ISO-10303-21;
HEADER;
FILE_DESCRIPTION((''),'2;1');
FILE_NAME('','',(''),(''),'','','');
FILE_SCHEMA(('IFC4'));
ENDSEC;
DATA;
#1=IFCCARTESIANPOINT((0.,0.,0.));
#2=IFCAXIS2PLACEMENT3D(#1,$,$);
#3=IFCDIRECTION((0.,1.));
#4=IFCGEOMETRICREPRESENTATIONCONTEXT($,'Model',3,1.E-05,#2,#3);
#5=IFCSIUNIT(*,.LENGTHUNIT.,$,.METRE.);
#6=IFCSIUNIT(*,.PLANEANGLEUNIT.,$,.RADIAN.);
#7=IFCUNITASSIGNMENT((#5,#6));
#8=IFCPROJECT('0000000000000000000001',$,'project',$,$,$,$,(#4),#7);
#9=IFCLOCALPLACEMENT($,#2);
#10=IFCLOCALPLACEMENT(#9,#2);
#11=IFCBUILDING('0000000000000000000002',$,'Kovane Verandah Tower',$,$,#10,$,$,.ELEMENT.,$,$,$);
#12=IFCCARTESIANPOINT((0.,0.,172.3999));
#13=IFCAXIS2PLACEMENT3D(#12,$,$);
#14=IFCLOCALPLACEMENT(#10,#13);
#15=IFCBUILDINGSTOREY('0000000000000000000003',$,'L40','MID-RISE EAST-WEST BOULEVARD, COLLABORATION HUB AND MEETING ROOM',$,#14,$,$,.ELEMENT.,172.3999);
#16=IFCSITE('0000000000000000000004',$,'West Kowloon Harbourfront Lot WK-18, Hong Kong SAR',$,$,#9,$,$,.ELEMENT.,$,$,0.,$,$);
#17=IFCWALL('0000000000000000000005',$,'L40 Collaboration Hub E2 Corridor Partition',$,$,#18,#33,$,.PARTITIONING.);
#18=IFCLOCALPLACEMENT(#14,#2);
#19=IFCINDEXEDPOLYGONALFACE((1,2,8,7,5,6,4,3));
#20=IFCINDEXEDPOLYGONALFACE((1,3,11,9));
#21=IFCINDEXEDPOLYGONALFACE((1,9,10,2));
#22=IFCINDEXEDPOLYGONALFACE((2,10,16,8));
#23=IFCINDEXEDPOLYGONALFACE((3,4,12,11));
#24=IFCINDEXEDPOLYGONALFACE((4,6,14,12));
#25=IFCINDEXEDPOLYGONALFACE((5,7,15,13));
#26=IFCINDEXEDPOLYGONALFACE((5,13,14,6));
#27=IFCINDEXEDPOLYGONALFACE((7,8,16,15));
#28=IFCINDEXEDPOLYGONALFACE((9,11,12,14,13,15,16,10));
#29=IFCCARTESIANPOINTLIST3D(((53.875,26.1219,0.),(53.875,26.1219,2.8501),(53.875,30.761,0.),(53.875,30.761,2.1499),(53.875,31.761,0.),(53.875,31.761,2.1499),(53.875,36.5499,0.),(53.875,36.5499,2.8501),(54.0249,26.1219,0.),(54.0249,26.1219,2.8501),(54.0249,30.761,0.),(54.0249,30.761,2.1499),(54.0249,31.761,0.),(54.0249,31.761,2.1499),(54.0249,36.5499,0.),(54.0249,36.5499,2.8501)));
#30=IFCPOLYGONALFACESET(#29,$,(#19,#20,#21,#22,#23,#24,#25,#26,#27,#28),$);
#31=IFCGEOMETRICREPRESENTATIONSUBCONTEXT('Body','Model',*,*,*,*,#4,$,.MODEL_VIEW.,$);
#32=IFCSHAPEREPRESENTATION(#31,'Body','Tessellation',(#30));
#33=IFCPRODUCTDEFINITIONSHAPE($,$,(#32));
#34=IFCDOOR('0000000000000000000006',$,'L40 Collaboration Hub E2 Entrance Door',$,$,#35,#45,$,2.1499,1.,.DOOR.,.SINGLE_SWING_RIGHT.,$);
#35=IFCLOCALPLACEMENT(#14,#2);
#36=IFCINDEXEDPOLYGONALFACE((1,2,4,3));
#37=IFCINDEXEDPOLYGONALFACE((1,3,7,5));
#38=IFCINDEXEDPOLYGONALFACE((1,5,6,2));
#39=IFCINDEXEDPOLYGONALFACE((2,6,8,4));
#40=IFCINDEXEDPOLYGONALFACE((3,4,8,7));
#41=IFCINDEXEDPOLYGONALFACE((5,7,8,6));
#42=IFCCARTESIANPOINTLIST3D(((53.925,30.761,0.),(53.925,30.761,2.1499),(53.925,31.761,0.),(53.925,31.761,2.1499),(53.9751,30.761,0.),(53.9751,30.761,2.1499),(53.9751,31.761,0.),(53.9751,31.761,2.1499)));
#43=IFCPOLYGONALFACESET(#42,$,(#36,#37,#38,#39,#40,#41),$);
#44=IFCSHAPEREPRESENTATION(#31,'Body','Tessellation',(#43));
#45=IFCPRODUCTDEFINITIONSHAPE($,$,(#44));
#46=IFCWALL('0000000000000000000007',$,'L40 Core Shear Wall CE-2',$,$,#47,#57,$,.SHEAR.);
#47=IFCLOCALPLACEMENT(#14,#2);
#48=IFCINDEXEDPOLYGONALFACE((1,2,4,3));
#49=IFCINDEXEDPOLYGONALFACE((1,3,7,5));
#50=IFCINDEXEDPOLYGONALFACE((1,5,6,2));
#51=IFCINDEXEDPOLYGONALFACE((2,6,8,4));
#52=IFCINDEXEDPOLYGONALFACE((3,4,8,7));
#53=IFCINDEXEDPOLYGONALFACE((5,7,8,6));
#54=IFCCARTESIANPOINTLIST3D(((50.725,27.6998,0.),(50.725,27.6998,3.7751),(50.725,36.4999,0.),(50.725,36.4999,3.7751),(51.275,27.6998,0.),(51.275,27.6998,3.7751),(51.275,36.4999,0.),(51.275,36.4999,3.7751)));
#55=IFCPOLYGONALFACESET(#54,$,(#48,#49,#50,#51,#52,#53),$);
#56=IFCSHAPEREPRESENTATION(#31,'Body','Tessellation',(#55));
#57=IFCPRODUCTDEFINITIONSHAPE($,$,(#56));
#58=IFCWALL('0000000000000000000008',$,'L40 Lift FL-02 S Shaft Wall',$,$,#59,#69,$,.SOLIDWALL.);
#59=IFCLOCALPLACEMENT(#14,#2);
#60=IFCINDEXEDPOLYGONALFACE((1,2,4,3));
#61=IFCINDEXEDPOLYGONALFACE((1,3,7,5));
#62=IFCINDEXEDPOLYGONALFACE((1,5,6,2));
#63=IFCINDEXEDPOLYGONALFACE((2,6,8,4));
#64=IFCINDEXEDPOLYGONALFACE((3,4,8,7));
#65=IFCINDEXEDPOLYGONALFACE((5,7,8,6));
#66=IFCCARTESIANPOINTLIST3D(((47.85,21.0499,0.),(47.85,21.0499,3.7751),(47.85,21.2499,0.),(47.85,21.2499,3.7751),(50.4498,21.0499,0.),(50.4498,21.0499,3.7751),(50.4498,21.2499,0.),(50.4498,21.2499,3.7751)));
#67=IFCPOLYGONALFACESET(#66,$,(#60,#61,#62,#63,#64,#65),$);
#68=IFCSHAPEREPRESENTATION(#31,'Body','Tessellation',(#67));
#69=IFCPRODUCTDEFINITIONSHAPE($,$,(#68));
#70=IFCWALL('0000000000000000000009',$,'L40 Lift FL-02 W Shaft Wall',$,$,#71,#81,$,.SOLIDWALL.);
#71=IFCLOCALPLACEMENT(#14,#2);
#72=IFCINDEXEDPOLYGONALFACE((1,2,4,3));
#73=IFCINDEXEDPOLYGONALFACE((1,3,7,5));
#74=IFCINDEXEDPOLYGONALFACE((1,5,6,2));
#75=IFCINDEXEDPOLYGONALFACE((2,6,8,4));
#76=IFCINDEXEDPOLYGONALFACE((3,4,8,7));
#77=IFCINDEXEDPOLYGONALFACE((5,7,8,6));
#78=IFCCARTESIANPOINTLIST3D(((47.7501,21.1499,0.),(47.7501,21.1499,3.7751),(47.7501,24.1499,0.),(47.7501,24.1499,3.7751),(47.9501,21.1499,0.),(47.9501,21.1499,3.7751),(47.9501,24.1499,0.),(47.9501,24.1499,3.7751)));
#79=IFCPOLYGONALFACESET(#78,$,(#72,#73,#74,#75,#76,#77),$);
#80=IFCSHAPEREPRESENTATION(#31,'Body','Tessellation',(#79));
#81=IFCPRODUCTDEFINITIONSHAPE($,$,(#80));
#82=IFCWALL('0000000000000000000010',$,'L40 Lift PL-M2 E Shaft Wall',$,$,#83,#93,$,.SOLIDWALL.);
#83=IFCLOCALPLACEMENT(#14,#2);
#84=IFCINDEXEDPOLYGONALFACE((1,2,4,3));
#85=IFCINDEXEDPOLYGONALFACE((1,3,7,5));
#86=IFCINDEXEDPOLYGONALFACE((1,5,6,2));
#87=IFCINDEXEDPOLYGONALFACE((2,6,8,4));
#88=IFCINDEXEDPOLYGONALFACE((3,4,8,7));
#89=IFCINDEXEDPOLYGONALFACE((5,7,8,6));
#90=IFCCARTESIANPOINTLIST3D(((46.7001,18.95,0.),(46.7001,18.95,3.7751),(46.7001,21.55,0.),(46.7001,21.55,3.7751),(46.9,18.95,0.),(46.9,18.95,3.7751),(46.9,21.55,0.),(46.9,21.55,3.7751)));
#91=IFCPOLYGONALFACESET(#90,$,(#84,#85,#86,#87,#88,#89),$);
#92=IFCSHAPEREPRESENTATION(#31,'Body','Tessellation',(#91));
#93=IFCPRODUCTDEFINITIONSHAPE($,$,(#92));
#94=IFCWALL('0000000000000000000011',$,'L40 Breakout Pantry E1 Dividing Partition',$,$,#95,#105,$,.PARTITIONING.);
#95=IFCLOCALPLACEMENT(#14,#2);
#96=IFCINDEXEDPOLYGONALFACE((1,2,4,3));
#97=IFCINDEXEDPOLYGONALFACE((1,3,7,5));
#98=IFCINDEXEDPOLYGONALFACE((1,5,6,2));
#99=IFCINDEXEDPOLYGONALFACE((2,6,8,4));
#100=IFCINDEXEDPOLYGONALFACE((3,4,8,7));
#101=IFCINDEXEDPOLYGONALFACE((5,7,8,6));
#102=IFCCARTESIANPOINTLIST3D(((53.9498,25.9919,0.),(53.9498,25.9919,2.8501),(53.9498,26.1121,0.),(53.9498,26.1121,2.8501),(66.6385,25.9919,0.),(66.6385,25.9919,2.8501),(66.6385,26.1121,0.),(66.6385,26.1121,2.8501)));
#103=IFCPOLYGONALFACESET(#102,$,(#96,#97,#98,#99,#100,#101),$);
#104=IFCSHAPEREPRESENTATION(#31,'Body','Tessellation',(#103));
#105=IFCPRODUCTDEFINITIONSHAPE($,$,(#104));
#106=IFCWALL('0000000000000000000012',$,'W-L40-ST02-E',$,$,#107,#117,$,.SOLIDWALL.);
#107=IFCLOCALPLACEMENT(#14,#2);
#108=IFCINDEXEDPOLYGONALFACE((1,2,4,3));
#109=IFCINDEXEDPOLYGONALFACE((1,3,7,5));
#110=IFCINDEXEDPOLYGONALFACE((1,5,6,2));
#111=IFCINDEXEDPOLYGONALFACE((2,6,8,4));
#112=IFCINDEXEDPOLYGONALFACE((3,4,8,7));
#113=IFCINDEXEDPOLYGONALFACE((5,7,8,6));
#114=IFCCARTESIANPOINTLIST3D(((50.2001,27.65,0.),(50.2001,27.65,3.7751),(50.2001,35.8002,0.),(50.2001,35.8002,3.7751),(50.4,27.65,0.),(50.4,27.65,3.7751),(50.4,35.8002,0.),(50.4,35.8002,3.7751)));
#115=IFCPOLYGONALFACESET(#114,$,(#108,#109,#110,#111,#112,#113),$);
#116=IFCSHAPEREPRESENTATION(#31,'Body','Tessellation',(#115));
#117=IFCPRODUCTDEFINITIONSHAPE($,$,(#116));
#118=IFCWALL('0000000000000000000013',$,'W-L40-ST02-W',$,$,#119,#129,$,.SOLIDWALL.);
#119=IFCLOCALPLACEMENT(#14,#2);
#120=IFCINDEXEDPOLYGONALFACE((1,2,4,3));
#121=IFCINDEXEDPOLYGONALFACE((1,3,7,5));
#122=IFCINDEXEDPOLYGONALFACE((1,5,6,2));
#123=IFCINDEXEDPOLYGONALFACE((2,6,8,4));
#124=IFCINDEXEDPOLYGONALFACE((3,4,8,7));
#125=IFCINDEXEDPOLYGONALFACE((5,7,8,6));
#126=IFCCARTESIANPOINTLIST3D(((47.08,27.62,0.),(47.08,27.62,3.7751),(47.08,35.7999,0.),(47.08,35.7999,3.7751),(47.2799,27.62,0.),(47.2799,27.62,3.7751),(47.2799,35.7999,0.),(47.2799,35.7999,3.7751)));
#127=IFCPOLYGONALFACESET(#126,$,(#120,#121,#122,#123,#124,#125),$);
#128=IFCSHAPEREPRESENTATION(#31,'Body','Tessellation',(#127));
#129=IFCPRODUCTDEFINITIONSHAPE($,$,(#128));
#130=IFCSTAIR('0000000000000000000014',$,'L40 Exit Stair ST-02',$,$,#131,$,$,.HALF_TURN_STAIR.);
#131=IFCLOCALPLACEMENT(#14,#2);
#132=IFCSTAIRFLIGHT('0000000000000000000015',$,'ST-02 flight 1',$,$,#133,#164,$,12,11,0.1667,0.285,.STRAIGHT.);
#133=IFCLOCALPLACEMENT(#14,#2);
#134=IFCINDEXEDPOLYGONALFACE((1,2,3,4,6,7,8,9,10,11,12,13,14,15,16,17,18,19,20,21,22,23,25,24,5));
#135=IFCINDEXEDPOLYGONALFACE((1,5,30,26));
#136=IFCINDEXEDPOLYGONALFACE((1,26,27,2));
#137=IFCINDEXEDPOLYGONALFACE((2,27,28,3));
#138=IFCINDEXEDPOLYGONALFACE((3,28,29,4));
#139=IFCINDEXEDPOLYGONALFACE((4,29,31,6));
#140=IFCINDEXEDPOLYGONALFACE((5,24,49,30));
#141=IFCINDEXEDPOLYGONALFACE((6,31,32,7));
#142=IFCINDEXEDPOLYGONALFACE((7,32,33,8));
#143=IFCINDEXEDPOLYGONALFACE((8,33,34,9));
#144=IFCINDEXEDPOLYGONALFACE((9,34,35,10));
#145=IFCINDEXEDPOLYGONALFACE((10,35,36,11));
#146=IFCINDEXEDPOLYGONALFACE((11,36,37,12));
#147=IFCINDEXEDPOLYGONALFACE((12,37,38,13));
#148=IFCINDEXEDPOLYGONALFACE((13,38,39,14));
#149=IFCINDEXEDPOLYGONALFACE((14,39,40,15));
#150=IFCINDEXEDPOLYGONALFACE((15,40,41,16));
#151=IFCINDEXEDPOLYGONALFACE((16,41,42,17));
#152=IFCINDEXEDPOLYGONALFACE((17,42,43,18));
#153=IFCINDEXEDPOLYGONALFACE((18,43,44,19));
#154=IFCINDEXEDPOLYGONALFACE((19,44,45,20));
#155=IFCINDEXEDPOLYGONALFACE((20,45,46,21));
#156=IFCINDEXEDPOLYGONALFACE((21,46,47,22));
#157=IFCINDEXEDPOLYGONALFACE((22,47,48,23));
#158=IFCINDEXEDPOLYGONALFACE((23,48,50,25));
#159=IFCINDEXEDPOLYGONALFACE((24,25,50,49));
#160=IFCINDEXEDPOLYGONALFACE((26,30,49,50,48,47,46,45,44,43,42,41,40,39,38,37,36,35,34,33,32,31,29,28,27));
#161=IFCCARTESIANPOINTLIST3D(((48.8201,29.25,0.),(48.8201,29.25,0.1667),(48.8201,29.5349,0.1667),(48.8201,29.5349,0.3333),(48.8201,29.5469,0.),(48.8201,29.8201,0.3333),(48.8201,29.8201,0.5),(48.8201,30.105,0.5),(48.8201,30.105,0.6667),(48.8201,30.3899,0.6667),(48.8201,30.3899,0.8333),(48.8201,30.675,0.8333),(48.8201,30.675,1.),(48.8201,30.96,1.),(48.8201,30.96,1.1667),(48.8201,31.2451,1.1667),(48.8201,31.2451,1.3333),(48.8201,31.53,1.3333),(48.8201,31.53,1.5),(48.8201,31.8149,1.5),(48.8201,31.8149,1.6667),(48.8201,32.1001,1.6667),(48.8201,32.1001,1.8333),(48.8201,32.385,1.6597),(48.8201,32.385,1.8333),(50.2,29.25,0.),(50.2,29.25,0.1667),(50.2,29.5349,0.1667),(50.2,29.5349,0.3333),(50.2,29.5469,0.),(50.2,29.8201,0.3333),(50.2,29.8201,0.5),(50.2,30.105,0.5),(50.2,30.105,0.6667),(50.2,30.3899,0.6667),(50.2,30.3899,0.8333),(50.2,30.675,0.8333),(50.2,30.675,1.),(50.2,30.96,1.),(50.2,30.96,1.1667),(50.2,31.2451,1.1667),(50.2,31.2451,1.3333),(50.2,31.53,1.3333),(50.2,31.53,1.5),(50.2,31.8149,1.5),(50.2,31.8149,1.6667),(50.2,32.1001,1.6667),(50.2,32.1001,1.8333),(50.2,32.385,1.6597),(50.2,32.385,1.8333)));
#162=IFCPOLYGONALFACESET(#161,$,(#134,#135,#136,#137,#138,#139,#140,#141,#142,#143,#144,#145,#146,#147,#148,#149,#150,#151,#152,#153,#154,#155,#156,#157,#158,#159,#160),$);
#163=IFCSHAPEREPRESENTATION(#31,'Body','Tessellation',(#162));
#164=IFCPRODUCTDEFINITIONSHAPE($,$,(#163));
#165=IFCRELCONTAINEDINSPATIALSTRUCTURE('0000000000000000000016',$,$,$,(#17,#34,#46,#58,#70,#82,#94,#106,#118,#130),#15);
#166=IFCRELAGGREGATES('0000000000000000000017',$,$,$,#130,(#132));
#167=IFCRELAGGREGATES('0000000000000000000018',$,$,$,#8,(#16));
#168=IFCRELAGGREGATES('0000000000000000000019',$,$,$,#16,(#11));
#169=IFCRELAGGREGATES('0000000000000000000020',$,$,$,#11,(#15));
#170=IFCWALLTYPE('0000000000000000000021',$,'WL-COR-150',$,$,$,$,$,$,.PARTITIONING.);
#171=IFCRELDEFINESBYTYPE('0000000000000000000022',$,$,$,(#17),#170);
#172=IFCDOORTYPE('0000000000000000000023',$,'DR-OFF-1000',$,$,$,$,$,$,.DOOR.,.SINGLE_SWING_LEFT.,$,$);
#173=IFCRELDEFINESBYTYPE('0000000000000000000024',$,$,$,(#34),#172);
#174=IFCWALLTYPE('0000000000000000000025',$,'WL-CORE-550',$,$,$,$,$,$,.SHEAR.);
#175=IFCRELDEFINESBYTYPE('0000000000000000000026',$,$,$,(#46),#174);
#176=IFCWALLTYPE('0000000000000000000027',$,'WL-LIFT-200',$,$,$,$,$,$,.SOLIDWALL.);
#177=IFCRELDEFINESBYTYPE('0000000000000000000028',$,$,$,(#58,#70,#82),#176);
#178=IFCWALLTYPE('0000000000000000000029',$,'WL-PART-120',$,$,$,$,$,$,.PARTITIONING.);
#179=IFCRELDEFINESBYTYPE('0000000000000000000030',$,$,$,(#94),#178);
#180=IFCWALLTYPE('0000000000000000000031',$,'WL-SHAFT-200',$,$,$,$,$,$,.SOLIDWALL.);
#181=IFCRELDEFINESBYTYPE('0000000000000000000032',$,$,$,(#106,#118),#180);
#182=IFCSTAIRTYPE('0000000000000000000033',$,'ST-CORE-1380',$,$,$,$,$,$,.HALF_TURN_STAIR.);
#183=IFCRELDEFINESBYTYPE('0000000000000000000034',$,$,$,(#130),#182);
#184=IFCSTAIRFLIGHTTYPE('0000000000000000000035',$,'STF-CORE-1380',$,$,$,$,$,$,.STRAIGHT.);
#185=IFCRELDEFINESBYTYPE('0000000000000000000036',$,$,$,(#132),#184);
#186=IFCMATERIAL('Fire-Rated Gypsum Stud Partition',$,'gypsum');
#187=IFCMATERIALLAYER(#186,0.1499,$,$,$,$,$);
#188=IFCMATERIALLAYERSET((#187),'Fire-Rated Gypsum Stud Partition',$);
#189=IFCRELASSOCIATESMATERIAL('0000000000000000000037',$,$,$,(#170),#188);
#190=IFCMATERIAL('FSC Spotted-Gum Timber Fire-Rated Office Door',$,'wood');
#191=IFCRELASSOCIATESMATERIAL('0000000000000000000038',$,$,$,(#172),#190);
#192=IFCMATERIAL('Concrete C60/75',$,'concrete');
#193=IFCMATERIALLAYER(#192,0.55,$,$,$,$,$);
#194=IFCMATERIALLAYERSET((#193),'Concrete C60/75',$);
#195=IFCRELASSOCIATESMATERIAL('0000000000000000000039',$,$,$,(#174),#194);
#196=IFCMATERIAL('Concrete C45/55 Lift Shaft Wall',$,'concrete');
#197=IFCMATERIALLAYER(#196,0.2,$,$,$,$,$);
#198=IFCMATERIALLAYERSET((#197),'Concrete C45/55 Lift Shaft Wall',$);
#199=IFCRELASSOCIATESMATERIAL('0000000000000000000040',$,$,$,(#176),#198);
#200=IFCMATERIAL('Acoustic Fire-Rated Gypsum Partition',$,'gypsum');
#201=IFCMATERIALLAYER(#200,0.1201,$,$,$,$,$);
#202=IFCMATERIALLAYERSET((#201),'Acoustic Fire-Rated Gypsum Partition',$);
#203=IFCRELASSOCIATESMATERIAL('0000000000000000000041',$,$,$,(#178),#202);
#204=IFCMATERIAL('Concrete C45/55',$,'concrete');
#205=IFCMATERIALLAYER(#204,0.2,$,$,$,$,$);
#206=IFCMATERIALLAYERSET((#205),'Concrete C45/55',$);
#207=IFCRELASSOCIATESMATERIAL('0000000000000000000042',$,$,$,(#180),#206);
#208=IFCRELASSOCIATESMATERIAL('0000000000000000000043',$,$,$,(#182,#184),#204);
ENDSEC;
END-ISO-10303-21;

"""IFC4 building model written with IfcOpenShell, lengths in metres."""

from ifc_helpers import new_model, si_unit, direction, frame, frame_2d, origin, place, context, subcontext, project, spatial, polyline, rectangle, outline, extrude, material, layer, layer_set, type_object, element, fill, aggregate, save


model = new_model("IFC4")

# Units and contexts
model_context = context("Model", 3, precision=1e-05, world=origin(), true_north=direction((0.0, 1.0)))
body_context = subcontext(model_context, "Body", "Model", "MODEL_VIEW")
ifc_project = project(units=[si_unit("LENGTHUNIT", "METRE"), si_unit("PLANEANGLEUNIT", "RADIAN")], contexts=[model_context])

# Site, building, storey
site_placement = place(None, origin())
site = spatial("IfcSite", under=ifc_project, at=site_placement, Name="West Kowloon Harbourfront Lot WK-18, Hong Kong SAR", CompositionType="ELEMENT", RefElevation=0.0)
building_placement = place(site_placement, origin())
building = spatial("IfcBuilding", under=site, at=building_placement, Name="Kovane Verandah Tower", CompositionType="ELEMENT")
storey_placement = place(building_placement, frame((0.0, 0.0, 172.3999)))
storey = spatial("IfcBuildingStorey", under=building, at=storey_placement, Name="L40", Description="MID-RISE EAST-WEST BOULEVARD, COLLABORATION HUB AND MEETING ROOM", CompositionType="ELEMENT", Elevation=172.3999)

# Shared definitions
ifc_material_1 = material(Name="Concrete C60/75", Category="concrete")

# Wall, opening, door
ifc_material_2 = material(Name="Fire-Rated Gypsum Stud Partition", Category="gypsum")
ifc_layer_1 = layer(ifc_material_2, 0.1499)
ifc_layer_set_1 = layer_set([ifc_layer_1], Name="Fire-Rated Gypsum Stud Partition")
wall_type_1 = type_object("IfcWallType", Name="WL-COR-150", PredefinedType="PARTITIONING", material=ifc_layer_set_1)
wall_1_placement = place(storey_placement, frame((53.95, 26.1221, 0.0), z_axis=(0.0, 0.0, 1.0), x_axis=(0.0, 1.0, 0.0)))
wall_1 = element("IfcWall", 1, at=wall_1_placement, inside=storey, type_object=wall_type_1, Name="L40 Collaboration Hub E2 Corridor Partition", PredefinedType="PARTITIONING", context=body_context, shape_type="SweptSolid", body=[
    extrude(rectangle(XDim=10.428, YDim=0.1499, at=frame_2d((5.2139, 0.0))), origin(), (0.0, 0.0, 1.0), 2.8501),
])
opening_1_placement = place(wall_1_placement, frame((4.6389, 0.0, 0.0)))
opening_1 = element("IfcOpeningElement", 2, at=opening_1_placement, cuts=wall_1, PredefinedType="OPENING", context=body_context, shape_type="SweptSolid", body=[
    extrude(rectangle(XDim=1.0, YDim=2.1499, at=frame_2d((0.5, 1.075))), frame((0.0, 0.075, 0.0), z_axis=(0.0, -1.0, 0.0), x_axis=(1.0, 0.0, 0.0)), (0.0, 0.0, 1.0), 0.1499),
])
ifc_material_3 = material(Name="FSC Spotted-Gum Timber Fire-Rated Office Door", Category="wood")
door_type_1 = type_object("IfcDoorType", Name="DR-OFF-1000", OperationType="SINGLE_SWING_LEFT", PredefinedType="DOOR", material=ifc_material_3)
door_1_placement = place(opening_1_placement, origin())
door_1 = element("IfcDoor", 3, at=door_1_placement, inside=storey, type_object=door_type_1, Name="L40 Collaboration Hub E2 Entrance Door", OperationType="SINGLE_SWING_RIGHT", OverallHeight=2.1499, OverallWidth=1.0, PredefinedType="DOOR", context=body_context, shape_type="SweptSolid", body=[
    extrude(rectangle(XDim=1.0, YDim=2.1499, at=frame_2d((0.5, 1.075))), frame((0.0, 0.0249, 0.0), z_axis=(0.0, -1.0, 0.0), x_axis=(1.0, 0.0, 0.0)), (0.0, 0.0, 1.0), 0.05),
])
fill(opening_1, door_1)

# Wall
ifc_layer_2 = layer(ifc_material_1, 0.55)
ifc_layer_set_2 = layer_set([ifc_layer_2], Name="Concrete C60/75")
wall_type_2 = type_object("IfcWallType", Name="WL-CORE-550", PredefinedType="SHEAR", material=ifc_layer_set_2)
wall_2_placement = place(storey_placement, frame((51.0, 27.7, 0.0), z_axis=(0.0, 0.0, 1.0), x_axis=(0.0, 1.0, 0.0)))
element("IfcWall", 4, at=wall_2_placement, inside=storey, type_object=wall_type_2, Name="L40 Core Shear Wall CE-2", PredefinedType="SHEAR", context=body_context, shape_type="SweptSolid", body=[
    extrude(rectangle(XDim=8.8, YDim=0.55, at=frame_2d((4.3999, 0.0))), origin(), (0.0, 0.0, 1.0), 3.7751),
])

# Wall
ifc_material_4 = material(Name="Concrete C45/55 Lift Shaft Wall", Category="concrete")
ifc_layer_3 = layer(ifc_material_4, 0.2)
ifc_layer_set_3 = layer_set([ifc_layer_3], Name="Concrete C45/55 Lift Shaft Wall")
wall_type_3 = type_object("IfcWallType", Name="WL-LIFT-200", PredefinedType="SOLIDWALL", material=ifc_layer_set_3)
wall_3_placement = place(storey_placement, frame((47.8501, 21.1499, 0.0), z_axis=(0.0, 0.0, 1.0), x_axis=(1.0, 0.0, 0.0)))
element("IfcWall", 5, at=wall_3_placement, inside=storey, type_object=wall_type_3, Name="L40 Lift FL-02 S Shaft Wall", PredefinedType="SOLIDWALL", context=body_context, shape_type="SweptSolid", body=[
    extrude(rectangle(XDim=2.5999, YDim=0.2, at=frame_2d((1.2998, 0.0))), origin(), (0.0, 0.0, 1.0), 3.7751),
])

# Wall
wall_4_placement = place(storey_placement, frame((47.8501, 24.1499, 0.0), z_axis=(0.0, 0.0, 1.0), x_axis=(0.0, -1.0, 0.0)))
element("IfcWall", 6, at=wall_4_placement, inside=storey, type_object=wall_type_3, Name="L40 Lift FL-02 W Shaft Wall", PredefinedType="SOLIDWALL", context=body_context, shape_type="SweptSolid", body=[
    extrude(rectangle(XDim=3.0, YDim=0.2, at=frame_2d((1.5, 0.0))), origin(), (0.0, 0.0, 1.0), 3.7751),
])

# Walls
wall_5_placement = place(storey_placement, frame((46.8, 18.95, 0.0), z_axis=(0.0, 0.0, 1.0), x_axis=(0.0, 1.0, 0.0)))
element("IfcWall", 7, at=wall_5_placement, inside=storey, type_object=wall_type_3, Name="L40 Lift PL-M2 E Shaft Wall", PredefinedType="SOLIDWALL", context=body_context, shape_type="SweptSolid", body=[
    extrude(rectangle(XDim=2.6001, YDim=0.2, at=frame_2d((1.3, 0.0))), origin(), (0.0, 0.0, 1.0), 3.7751),
])
ifc_material_5 = material(Name="Acoustic Fire-Rated Gypsum Partition", Category="gypsum")
ifc_layer_4 = layer(ifc_material_5, 0.1201)
ifc_layer_set_4 = layer_set([ifc_layer_4], Name="Acoustic Fire-Rated Gypsum Partition")
wall_type_4 = type_object("IfcWallType", Name="WL-PART-120", PredefinedType="PARTITIONING", material=ifc_layer_set_4)
wall_6_placement = place(storey_placement, frame((53.95, 26.052, 0.0), z_axis=(0.0, 0.0, 1.0), x_axis=(1.0, 0.0, 0.0)))
element("IfcWall", 8, at=wall_6_placement, inside=storey, type_object=wall_type_4, Name="L40 Breakout Pantry E1 Dividing Partition", PredefinedType="PARTITIONING", context=body_context, shape_type="SweptSolid", body=[
    extrude(rectangle(XDim=12.6887, YDim=0.1201, at=frame_2d((6.3442, 0.0))), origin(), (0.0, 0.0, 1.0), 2.8501),
])
ifc_material_6 = material(Name="Concrete C45/55", Category="concrete")
ifc_layer_5 = layer(ifc_material_6, 0.2)
ifc_layer_set_5 = layer_set([ifc_layer_5], Name="Concrete C45/55")
wall_type_5 = type_object("IfcWallType", Name="WL-SHAFT-200", PredefinedType="SOLIDWALL", material=ifc_layer_set_5)
wall_7_placement = place(storey_placement, frame((50.3, 27.6499, 0.0), z_axis=(0.0, 0.0, 1.0), x_axis=(0.0, 1.0, 0.0)))
element("IfcWall", 9, at=wall_7_placement, inside=storey, type_object=wall_type_5, Name="W-L40-ST02-E", PredefinedType="SOLIDWALL", context=body_context, shape_type="SweptSolid", body=[
    extrude(rectangle(XDim=8.1501, YDim=0.2, at=frame_2d((4.0752, 0.0))), origin(), (0.0, 0.0, 1.0), 3.7751),
])
wall_8_placement = place(storey_placement, frame((47.1799, 27.6201, 0.0), z_axis=(0.0, 0.0, 1.0), x_axis=(0.0, 1.0, 0.0)))
element("IfcWall", 10, at=wall_8_placement, inside=storey, type_object=wall_type_5, Name="W-L40-ST02-W", PredefinedType="SOLIDWALL", context=body_context, shape_type="SweptSolid", body=[
    extrude(rectangle(XDim=8.1799, YDim=0.2, at=frame_2d((4.0898, 0.0))), origin(), (0.0, 0.0, 1.0), 3.7751),
])

# Stair, stair flight
stair_type = type_object("IfcStairType", Name="ST-CORE-1380", PredefinedType="HALF_TURN_STAIR", material=ifc_material_6)
stair_placement = place(storey_placement, origin())
stair = element("IfcStair", 11, at=stair_placement, inside=storey, type_object=stair_type, Name="L40 Exit Stair ST-02", PredefinedType="HALF_TURN_STAIR")
stair_flight_type = type_object("IfcStairFlightType", Name="STF-CORE-1380", PredefinedType="STRAIGHT", material=ifc_material_6)
stair_flight_placement = place(storey_placement, frame((49.51, 29.25, 0.0), z_axis=(0.0, 0.0, 1.0), x_axis=(0.0, 1.0, 0.0)))
stair_flight = element("IfcStairFlight", 12, at=stair_flight_placement, type_object=stair_flight_type, Name="ST-02 flight 1", NumberOfRisers=12, NumberOfTreads=11, PredefinedType="STRAIGHT", RiserHeight=0.1667, TreadLength=0.285, context=body_context, shape_type="SweptSolid", body=[
    extrude(outline(polyline([(0.0, 0.0), (0.0, 0.1667), (0.2849, 0.1667), (0.2849, 0.3333), (0.5701, 0.3333), (0.5701, 0.5), (0.855, 0.5), (0.855, 0.6667), (1.1399, 0.6667), (1.1399, 0.8333), (1.425, 0.8333), (1.425, 1.0), (1.71, 1.0), (1.71, 1.1667), (1.9951, 1.1667), (1.9951, 1.3333), (2.28, 1.3333), (2.28, 1.5), (2.5649, 1.5), (2.5649, 1.6667), (2.8501, 1.6667), (2.8501, 1.8333), (3.135, 1.8333), (3.135, 2.0), (3.135, 1.6597), (0.2969, 0.0), (0.0, 0.0)])), frame((0.0, 0.6899, 0.0), z_axis=(0.0, -1.0, 0.0), x_axis=(1.0, 0.0, 0.0)), (0.0, 0.0, 1.0), 1.3799),
])
aggregate(stair, [stair_flight])

save(model, "model.ifc")
